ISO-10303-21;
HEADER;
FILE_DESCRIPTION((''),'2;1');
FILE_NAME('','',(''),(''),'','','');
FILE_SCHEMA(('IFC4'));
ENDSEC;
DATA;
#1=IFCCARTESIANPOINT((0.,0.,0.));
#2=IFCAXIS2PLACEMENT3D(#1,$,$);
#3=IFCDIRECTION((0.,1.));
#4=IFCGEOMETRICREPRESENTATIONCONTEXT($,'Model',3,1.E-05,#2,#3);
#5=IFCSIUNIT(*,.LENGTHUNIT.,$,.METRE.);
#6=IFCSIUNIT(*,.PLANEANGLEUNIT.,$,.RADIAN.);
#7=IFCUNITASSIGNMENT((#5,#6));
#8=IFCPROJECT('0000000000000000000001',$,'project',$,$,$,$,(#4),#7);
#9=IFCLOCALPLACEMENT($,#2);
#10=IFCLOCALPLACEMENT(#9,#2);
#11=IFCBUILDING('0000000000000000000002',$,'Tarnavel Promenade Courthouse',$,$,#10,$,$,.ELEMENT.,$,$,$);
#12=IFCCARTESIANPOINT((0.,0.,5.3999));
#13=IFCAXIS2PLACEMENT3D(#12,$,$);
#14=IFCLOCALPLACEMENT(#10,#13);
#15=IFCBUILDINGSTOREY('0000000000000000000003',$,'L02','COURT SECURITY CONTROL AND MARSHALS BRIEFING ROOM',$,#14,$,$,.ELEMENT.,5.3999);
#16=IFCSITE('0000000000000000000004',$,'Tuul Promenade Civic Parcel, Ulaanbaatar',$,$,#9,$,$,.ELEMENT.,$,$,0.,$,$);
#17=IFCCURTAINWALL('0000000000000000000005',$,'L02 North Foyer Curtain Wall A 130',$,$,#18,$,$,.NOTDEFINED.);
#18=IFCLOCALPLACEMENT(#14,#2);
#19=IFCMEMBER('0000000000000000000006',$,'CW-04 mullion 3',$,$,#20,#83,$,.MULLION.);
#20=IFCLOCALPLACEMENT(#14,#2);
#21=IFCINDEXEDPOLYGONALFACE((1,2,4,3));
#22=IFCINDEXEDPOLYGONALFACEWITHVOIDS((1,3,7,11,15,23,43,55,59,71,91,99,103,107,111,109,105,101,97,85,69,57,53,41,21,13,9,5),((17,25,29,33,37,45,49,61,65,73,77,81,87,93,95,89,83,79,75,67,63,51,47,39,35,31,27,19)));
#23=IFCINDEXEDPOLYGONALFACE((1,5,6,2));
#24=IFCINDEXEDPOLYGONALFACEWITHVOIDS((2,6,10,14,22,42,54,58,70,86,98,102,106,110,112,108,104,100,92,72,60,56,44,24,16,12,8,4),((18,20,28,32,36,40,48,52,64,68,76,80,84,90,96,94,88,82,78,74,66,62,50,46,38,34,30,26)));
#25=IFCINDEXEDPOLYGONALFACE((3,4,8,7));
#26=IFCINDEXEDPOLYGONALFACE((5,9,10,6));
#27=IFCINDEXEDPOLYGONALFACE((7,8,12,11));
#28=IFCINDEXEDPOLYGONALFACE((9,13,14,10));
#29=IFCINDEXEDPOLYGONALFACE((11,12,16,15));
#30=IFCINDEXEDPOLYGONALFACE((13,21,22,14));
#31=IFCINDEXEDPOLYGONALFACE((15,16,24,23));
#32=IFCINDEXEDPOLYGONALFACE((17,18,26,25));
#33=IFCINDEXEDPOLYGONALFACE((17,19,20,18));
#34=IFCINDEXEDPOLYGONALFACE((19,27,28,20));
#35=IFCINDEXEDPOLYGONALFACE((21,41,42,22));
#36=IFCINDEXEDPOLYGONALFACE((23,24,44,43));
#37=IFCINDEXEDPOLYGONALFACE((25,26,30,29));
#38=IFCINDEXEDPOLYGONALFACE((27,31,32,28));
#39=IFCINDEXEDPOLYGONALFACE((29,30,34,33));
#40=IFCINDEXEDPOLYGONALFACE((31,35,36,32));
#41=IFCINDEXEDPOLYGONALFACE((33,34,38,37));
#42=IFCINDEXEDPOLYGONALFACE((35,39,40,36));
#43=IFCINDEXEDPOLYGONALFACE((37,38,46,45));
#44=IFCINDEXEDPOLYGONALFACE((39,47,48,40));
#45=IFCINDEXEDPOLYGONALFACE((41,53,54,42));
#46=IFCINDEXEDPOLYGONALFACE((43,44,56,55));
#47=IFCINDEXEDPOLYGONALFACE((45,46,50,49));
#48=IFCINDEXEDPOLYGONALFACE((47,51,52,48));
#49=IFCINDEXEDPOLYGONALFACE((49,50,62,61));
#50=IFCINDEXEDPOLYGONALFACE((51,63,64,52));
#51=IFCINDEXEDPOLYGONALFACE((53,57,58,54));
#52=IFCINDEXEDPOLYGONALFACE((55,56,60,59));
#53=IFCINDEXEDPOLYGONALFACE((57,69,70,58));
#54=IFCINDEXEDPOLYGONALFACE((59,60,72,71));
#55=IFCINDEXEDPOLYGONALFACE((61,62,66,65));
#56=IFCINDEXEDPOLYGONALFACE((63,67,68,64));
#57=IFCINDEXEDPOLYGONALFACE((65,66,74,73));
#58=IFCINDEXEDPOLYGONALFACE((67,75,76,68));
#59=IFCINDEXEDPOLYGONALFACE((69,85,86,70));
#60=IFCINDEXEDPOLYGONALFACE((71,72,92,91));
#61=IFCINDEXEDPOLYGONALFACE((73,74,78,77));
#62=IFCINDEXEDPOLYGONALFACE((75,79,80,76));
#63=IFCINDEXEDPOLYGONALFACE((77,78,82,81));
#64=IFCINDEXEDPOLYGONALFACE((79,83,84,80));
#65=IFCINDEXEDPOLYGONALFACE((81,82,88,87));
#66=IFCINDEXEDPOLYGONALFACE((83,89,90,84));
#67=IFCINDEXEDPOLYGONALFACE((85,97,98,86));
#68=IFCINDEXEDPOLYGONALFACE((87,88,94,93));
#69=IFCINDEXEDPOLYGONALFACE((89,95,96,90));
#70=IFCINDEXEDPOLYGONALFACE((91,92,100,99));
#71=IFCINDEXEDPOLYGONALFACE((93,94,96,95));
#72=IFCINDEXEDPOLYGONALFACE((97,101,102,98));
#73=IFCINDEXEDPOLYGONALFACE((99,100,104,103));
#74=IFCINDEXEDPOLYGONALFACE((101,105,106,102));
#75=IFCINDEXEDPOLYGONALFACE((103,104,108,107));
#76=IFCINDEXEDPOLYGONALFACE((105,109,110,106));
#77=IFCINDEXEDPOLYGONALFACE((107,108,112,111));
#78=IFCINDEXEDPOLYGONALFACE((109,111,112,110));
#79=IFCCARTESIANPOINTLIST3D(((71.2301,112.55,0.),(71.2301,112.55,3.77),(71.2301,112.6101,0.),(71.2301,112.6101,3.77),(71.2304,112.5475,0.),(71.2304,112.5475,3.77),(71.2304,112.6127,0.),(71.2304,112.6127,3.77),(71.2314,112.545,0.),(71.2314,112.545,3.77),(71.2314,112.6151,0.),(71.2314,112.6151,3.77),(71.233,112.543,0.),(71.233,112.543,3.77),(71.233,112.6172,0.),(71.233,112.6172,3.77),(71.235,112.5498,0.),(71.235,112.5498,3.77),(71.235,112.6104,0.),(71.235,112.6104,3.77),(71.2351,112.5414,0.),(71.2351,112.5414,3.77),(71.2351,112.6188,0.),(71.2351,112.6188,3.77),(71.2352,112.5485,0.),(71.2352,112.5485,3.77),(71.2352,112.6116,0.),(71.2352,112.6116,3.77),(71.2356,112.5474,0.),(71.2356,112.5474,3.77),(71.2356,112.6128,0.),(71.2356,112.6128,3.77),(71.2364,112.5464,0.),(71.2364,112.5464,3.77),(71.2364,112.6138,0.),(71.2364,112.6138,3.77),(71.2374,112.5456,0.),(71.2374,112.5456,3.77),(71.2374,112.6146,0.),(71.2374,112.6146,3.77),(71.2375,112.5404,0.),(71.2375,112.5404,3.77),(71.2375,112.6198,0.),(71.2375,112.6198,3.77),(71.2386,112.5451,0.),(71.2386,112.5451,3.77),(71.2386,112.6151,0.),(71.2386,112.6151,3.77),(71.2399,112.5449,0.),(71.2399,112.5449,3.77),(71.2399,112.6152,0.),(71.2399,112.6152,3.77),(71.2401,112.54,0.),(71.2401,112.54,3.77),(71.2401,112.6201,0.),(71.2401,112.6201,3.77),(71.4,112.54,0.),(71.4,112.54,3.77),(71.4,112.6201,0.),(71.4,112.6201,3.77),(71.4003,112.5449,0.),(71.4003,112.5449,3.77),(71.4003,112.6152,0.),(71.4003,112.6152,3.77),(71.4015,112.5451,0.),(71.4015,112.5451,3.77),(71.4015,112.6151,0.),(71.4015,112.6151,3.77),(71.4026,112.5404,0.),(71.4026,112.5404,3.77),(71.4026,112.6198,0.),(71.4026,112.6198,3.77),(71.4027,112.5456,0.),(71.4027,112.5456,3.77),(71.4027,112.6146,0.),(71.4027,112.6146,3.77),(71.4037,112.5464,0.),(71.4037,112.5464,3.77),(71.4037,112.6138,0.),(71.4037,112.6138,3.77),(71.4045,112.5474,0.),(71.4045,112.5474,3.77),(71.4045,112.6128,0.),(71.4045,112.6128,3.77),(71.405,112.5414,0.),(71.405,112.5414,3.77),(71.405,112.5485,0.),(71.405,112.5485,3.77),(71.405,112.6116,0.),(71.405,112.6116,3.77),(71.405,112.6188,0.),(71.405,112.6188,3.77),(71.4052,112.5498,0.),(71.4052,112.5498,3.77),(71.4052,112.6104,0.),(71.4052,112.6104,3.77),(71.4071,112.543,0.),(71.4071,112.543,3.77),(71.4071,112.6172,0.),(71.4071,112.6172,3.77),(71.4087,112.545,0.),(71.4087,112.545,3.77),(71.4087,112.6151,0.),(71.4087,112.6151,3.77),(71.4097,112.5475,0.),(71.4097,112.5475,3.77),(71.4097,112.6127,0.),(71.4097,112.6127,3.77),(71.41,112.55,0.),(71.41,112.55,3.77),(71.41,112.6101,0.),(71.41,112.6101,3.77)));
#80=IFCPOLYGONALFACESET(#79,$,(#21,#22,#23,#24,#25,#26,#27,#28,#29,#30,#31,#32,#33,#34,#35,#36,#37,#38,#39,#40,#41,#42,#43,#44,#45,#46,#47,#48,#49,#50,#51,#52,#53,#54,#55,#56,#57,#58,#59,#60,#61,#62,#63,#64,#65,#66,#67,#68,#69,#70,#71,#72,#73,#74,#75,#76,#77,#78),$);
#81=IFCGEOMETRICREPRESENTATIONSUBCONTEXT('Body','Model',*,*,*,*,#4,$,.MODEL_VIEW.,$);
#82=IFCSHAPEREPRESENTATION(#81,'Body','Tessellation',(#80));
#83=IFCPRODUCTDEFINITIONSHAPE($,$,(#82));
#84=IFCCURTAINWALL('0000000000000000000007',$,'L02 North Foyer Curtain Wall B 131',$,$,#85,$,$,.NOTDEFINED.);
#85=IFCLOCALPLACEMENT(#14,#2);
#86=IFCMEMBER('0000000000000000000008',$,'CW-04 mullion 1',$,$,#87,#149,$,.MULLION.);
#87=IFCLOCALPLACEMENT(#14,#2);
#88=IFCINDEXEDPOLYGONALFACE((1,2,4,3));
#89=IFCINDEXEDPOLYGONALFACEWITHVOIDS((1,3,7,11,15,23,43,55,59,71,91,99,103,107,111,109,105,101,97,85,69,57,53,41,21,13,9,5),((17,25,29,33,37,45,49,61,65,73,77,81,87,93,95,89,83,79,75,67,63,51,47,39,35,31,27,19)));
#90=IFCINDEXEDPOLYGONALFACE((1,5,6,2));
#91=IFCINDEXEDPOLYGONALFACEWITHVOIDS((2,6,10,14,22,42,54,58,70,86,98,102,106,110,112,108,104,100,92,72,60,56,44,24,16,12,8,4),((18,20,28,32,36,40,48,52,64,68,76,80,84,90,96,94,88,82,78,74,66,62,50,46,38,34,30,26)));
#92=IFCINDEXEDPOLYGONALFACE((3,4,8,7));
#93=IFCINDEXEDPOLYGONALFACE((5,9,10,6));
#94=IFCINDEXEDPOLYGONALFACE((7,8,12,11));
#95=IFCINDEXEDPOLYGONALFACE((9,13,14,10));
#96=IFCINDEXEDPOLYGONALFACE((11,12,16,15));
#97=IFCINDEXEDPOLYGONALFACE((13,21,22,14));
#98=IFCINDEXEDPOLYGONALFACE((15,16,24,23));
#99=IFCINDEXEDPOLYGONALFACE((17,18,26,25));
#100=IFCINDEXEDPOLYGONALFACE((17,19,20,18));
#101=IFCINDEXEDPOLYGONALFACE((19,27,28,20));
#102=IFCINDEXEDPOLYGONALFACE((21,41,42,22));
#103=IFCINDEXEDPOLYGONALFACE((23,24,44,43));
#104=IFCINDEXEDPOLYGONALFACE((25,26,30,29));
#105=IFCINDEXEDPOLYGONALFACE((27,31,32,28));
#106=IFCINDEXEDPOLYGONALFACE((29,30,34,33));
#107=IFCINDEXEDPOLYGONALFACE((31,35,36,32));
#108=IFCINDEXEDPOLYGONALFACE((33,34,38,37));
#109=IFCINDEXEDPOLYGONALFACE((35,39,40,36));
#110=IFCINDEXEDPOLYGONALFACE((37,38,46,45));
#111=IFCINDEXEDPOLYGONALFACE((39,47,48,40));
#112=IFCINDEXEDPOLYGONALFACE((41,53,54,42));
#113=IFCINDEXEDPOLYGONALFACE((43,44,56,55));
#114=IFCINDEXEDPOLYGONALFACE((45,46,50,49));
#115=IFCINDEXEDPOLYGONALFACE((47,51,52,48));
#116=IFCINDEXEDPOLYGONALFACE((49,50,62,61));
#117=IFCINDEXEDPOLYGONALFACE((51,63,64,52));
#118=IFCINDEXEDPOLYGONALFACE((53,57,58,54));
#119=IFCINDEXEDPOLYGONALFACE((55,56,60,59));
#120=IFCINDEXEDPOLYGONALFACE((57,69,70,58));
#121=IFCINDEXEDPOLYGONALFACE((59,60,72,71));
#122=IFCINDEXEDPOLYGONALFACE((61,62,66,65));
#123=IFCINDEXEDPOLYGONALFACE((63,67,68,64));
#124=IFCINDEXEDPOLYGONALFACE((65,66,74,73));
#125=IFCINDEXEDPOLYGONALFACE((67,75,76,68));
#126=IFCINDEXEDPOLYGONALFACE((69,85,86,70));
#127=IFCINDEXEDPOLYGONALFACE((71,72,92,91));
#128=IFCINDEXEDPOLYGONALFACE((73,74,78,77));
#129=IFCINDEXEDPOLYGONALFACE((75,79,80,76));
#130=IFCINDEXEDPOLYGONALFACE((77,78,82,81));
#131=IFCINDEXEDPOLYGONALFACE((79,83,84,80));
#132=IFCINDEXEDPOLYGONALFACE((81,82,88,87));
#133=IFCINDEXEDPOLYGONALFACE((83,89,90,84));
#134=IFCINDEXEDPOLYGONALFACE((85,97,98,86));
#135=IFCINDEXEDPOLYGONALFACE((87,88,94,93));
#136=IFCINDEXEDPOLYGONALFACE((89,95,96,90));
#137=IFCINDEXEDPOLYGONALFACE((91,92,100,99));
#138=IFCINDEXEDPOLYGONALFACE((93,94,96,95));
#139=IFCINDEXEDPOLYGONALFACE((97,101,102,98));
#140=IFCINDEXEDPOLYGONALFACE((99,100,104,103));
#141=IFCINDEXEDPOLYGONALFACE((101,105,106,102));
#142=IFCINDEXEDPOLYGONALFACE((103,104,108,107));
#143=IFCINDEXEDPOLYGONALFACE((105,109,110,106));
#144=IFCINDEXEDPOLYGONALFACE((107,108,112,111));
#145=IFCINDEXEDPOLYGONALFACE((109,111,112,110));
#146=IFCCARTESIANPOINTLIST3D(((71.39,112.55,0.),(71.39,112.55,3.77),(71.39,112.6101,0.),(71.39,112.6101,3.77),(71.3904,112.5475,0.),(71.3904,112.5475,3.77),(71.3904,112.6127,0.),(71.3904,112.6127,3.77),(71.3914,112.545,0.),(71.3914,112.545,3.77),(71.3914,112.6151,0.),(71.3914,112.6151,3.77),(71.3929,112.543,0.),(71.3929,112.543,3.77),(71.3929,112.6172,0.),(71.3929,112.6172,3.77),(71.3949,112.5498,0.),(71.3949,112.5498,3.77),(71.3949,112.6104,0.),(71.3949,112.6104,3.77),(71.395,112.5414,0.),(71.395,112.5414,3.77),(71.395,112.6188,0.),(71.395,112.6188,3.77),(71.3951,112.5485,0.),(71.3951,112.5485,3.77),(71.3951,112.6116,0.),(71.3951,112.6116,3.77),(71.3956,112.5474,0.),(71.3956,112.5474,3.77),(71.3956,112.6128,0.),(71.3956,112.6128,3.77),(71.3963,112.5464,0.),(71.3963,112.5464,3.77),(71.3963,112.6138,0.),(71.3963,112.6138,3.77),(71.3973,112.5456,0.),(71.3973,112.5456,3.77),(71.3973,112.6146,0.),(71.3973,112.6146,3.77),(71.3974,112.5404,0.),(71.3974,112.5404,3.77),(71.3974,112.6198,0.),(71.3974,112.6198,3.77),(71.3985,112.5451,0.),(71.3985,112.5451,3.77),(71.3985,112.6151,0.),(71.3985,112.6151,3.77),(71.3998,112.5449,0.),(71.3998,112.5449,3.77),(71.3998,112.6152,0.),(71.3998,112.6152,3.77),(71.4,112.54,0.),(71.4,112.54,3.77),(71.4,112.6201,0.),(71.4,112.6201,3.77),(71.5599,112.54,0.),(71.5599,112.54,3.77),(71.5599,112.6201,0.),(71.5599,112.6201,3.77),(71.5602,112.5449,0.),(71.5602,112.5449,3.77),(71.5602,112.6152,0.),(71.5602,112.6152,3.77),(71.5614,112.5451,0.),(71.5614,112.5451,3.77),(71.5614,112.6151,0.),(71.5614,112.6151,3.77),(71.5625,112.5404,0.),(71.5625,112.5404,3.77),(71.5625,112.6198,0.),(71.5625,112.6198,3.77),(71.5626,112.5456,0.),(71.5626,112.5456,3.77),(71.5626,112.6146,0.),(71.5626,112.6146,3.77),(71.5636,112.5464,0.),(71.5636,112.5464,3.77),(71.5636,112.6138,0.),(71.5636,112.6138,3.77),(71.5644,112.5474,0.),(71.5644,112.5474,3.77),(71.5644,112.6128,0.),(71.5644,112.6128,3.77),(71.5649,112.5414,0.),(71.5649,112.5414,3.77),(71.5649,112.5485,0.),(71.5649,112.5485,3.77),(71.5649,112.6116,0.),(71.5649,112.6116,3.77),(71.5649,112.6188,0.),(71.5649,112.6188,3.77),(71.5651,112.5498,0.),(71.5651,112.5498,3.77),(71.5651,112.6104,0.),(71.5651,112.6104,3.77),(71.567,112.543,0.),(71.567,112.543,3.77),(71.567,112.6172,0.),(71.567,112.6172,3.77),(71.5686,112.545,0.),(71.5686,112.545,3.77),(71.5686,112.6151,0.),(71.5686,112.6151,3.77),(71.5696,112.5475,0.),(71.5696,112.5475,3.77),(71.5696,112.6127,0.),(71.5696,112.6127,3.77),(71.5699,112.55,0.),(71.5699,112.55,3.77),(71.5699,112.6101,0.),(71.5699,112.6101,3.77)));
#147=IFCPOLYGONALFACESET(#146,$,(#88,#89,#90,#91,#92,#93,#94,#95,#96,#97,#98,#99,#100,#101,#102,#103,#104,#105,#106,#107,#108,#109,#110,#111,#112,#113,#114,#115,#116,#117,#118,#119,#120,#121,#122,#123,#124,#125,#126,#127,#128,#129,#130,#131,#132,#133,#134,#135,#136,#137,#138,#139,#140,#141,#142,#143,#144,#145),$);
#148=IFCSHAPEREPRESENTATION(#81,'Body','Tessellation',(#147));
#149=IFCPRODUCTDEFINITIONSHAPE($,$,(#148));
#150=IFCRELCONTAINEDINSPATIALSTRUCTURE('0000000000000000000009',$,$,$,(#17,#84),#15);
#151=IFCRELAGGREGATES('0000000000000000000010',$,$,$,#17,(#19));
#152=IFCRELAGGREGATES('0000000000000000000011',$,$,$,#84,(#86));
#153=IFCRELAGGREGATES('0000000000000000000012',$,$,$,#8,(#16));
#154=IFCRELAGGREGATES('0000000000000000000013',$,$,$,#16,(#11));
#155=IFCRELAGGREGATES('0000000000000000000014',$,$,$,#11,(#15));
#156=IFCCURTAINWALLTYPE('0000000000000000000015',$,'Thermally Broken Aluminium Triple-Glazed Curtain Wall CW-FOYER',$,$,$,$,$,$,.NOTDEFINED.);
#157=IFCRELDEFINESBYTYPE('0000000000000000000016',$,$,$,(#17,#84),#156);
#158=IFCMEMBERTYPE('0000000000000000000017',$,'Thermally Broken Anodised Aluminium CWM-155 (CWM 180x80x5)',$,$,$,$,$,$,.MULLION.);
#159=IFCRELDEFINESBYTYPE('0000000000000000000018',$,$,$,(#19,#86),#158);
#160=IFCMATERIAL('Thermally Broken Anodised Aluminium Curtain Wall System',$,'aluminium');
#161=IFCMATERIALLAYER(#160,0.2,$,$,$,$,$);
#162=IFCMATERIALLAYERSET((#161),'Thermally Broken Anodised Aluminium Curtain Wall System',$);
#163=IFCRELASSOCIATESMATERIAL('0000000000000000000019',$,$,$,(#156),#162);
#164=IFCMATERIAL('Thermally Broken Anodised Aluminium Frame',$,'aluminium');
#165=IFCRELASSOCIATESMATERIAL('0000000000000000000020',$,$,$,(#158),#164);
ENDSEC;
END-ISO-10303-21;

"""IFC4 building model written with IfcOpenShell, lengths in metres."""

from ifc_helpers import new_model, si_unit, direction, frame, origin, origin_2d, place, context, subcontext, project, spatial, hollow_rectangle, extrude, material, layer, layer_set, material_profile, profile_set, type_object, element, aggregate, save


model = new_model("IFC4")

# Units and contexts
model_context = context("Model", 3, precision=1e-05, world=origin(), true_north=direction((0.0, 1.0)))
body_context = subcontext(model_context, "Body", "Model", "MODEL_VIEW")
ifc_project = project(units=[si_unit("LENGTHUNIT", "METRE"), si_unit("PLANEANGLEUNIT", "RADIAN")], contexts=[model_context])

# Site, building, storey
site_placement = place(None, origin())
site = spatial("IfcSite", under=ifc_project, at=site_placement, Name="Tuul Promenade Civic Parcel, Ulaanbaatar", CompositionType="ELEMENT", RefElevation=0.0)
building_placement = place(site_placement, origin())
building = spatial("IfcBuilding", under=site, at=building_placement, Name="Tarnavel Promenade Courthouse", CompositionType="ELEMENT")
storey_placement = place(building_placement, frame((0.0, 0.0, 5.3999)))
storey = spatial("IfcBuildingStorey", under=building, at=storey_placement, Name="L02", Description="COURT SECURITY CONTROL AND MARSHALS BRIEFING ROOM", CompositionType="ELEMENT", Elevation=5.3999)

# Curtain walls, members
ifc_material_1 = material(Name="Thermally Broken Anodised Aluminium Curtain Wall System", Category="aluminium")
ifc_layer_1 = layer(ifc_material_1, 0.2)
ifc_layer_set_1 = layer_set([ifc_layer_1], Name="Thermally Broken Anodised Aluminium Curtain Wall System")
curtain_wall_type = type_object("IfcCurtainWallType", Name="Thermally Broken Aluminium Triple-Glazed Curtain Wall CW-FOYER", PredefinedType="NOTDEFINED", material=ifc_layer_set_1)
curtain_wall_1_placement = place(storey_placement, origin())
curtain_wall_1 = element("IfcCurtainWall", 1, at=curtain_wall_1_placement, inside=storey, type_object=curtain_wall_type, Name="L02 North Foyer Curtain Wall A 130", PredefinedType="NOTDEFINED")
ifc_material_2 = material(Name="Thermally Broken Anodised Aluminium Frame", Category="aluminium")
ifc_material_profile_1 = material_profile(ifc_material_2, hollow_rectangle(XDim=0.0801, YDim=0.1799, WallThickness=0.0049, InnerFilletRadius=0.0049, OuterFilletRadius=0.01, at=origin_2d()), Name="CWM 180x80x5")
ifc_profile_set_1 = profile_set([ifc_material_profile_1], Name="Thermally Broken Anodised Aluminium Frame")
member_type_1 = type_object("IfcMemberType", Name="Thermally Broken Anodised Aluminium CWM-155 (CWM 180x80x5)", PredefinedType="MULLION", material=ifc_profile_set_1)
member_1_placement = place(storey_placement, frame((71.3201, 112.5801, 0.0), z_axis=(0.0, 0.0, 1.0), x_axis=(0.0, 1.0, 0.0)))
member_1 = element("IfcMember", 2, at=member_1_placement, type_object=member_type_1, Name="CW-04 mullion 3", PredefinedType="MULLION", context=body_context, shape_type="SweptSolid", body=[
    extrude(hollow_rectangle(XDim=0.0801, YDim=0.1799, WallThickness=0.0049, InnerFilletRadius=0.0049, OuterFilletRadius=0.01, at=origin_2d()), origin(), (0.0, 0.0, 1.0), 3.77),
])
curtain_wall_2_placement = place(storey_placement, origin())
curtain_wall_2 = element("IfcCurtainWall", 3, at=curtain_wall_2_placement, inside=storey, type_object=curtain_wall_type, Name="L02 North Foyer Curtain Wall B 131", PredefinedType="NOTDEFINED")
member_2_placement = place(storey_placement, frame((71.48, 112.5801, 0.0), z_axis=(0.0, 0.0, 1.0), x_axis=(0.0, 1.0, 0.0)))
member_2 = element("IfcMember", 4, at=member_2_placement, type_object=member_type_1, Name="CW-04 mullion 1", PredefinedType="MULLION", context=body_context, shape_type="SweptSolid", body=[
    extrude(hollow_rectangle(XDim=0.0801, YDim=0.1799, WallThickness=0.0049, InnerFilletRadius=0.0049, OuterFilletRadius=0.01, at=origin_2d()), origin(), (0.0, 0.0, 1.0), 3.77),
])

aggregate(curtain_wall_1, [member_1])
aggregate(curtain_wall_2, [member_2])

save(model, "model.ifc")
